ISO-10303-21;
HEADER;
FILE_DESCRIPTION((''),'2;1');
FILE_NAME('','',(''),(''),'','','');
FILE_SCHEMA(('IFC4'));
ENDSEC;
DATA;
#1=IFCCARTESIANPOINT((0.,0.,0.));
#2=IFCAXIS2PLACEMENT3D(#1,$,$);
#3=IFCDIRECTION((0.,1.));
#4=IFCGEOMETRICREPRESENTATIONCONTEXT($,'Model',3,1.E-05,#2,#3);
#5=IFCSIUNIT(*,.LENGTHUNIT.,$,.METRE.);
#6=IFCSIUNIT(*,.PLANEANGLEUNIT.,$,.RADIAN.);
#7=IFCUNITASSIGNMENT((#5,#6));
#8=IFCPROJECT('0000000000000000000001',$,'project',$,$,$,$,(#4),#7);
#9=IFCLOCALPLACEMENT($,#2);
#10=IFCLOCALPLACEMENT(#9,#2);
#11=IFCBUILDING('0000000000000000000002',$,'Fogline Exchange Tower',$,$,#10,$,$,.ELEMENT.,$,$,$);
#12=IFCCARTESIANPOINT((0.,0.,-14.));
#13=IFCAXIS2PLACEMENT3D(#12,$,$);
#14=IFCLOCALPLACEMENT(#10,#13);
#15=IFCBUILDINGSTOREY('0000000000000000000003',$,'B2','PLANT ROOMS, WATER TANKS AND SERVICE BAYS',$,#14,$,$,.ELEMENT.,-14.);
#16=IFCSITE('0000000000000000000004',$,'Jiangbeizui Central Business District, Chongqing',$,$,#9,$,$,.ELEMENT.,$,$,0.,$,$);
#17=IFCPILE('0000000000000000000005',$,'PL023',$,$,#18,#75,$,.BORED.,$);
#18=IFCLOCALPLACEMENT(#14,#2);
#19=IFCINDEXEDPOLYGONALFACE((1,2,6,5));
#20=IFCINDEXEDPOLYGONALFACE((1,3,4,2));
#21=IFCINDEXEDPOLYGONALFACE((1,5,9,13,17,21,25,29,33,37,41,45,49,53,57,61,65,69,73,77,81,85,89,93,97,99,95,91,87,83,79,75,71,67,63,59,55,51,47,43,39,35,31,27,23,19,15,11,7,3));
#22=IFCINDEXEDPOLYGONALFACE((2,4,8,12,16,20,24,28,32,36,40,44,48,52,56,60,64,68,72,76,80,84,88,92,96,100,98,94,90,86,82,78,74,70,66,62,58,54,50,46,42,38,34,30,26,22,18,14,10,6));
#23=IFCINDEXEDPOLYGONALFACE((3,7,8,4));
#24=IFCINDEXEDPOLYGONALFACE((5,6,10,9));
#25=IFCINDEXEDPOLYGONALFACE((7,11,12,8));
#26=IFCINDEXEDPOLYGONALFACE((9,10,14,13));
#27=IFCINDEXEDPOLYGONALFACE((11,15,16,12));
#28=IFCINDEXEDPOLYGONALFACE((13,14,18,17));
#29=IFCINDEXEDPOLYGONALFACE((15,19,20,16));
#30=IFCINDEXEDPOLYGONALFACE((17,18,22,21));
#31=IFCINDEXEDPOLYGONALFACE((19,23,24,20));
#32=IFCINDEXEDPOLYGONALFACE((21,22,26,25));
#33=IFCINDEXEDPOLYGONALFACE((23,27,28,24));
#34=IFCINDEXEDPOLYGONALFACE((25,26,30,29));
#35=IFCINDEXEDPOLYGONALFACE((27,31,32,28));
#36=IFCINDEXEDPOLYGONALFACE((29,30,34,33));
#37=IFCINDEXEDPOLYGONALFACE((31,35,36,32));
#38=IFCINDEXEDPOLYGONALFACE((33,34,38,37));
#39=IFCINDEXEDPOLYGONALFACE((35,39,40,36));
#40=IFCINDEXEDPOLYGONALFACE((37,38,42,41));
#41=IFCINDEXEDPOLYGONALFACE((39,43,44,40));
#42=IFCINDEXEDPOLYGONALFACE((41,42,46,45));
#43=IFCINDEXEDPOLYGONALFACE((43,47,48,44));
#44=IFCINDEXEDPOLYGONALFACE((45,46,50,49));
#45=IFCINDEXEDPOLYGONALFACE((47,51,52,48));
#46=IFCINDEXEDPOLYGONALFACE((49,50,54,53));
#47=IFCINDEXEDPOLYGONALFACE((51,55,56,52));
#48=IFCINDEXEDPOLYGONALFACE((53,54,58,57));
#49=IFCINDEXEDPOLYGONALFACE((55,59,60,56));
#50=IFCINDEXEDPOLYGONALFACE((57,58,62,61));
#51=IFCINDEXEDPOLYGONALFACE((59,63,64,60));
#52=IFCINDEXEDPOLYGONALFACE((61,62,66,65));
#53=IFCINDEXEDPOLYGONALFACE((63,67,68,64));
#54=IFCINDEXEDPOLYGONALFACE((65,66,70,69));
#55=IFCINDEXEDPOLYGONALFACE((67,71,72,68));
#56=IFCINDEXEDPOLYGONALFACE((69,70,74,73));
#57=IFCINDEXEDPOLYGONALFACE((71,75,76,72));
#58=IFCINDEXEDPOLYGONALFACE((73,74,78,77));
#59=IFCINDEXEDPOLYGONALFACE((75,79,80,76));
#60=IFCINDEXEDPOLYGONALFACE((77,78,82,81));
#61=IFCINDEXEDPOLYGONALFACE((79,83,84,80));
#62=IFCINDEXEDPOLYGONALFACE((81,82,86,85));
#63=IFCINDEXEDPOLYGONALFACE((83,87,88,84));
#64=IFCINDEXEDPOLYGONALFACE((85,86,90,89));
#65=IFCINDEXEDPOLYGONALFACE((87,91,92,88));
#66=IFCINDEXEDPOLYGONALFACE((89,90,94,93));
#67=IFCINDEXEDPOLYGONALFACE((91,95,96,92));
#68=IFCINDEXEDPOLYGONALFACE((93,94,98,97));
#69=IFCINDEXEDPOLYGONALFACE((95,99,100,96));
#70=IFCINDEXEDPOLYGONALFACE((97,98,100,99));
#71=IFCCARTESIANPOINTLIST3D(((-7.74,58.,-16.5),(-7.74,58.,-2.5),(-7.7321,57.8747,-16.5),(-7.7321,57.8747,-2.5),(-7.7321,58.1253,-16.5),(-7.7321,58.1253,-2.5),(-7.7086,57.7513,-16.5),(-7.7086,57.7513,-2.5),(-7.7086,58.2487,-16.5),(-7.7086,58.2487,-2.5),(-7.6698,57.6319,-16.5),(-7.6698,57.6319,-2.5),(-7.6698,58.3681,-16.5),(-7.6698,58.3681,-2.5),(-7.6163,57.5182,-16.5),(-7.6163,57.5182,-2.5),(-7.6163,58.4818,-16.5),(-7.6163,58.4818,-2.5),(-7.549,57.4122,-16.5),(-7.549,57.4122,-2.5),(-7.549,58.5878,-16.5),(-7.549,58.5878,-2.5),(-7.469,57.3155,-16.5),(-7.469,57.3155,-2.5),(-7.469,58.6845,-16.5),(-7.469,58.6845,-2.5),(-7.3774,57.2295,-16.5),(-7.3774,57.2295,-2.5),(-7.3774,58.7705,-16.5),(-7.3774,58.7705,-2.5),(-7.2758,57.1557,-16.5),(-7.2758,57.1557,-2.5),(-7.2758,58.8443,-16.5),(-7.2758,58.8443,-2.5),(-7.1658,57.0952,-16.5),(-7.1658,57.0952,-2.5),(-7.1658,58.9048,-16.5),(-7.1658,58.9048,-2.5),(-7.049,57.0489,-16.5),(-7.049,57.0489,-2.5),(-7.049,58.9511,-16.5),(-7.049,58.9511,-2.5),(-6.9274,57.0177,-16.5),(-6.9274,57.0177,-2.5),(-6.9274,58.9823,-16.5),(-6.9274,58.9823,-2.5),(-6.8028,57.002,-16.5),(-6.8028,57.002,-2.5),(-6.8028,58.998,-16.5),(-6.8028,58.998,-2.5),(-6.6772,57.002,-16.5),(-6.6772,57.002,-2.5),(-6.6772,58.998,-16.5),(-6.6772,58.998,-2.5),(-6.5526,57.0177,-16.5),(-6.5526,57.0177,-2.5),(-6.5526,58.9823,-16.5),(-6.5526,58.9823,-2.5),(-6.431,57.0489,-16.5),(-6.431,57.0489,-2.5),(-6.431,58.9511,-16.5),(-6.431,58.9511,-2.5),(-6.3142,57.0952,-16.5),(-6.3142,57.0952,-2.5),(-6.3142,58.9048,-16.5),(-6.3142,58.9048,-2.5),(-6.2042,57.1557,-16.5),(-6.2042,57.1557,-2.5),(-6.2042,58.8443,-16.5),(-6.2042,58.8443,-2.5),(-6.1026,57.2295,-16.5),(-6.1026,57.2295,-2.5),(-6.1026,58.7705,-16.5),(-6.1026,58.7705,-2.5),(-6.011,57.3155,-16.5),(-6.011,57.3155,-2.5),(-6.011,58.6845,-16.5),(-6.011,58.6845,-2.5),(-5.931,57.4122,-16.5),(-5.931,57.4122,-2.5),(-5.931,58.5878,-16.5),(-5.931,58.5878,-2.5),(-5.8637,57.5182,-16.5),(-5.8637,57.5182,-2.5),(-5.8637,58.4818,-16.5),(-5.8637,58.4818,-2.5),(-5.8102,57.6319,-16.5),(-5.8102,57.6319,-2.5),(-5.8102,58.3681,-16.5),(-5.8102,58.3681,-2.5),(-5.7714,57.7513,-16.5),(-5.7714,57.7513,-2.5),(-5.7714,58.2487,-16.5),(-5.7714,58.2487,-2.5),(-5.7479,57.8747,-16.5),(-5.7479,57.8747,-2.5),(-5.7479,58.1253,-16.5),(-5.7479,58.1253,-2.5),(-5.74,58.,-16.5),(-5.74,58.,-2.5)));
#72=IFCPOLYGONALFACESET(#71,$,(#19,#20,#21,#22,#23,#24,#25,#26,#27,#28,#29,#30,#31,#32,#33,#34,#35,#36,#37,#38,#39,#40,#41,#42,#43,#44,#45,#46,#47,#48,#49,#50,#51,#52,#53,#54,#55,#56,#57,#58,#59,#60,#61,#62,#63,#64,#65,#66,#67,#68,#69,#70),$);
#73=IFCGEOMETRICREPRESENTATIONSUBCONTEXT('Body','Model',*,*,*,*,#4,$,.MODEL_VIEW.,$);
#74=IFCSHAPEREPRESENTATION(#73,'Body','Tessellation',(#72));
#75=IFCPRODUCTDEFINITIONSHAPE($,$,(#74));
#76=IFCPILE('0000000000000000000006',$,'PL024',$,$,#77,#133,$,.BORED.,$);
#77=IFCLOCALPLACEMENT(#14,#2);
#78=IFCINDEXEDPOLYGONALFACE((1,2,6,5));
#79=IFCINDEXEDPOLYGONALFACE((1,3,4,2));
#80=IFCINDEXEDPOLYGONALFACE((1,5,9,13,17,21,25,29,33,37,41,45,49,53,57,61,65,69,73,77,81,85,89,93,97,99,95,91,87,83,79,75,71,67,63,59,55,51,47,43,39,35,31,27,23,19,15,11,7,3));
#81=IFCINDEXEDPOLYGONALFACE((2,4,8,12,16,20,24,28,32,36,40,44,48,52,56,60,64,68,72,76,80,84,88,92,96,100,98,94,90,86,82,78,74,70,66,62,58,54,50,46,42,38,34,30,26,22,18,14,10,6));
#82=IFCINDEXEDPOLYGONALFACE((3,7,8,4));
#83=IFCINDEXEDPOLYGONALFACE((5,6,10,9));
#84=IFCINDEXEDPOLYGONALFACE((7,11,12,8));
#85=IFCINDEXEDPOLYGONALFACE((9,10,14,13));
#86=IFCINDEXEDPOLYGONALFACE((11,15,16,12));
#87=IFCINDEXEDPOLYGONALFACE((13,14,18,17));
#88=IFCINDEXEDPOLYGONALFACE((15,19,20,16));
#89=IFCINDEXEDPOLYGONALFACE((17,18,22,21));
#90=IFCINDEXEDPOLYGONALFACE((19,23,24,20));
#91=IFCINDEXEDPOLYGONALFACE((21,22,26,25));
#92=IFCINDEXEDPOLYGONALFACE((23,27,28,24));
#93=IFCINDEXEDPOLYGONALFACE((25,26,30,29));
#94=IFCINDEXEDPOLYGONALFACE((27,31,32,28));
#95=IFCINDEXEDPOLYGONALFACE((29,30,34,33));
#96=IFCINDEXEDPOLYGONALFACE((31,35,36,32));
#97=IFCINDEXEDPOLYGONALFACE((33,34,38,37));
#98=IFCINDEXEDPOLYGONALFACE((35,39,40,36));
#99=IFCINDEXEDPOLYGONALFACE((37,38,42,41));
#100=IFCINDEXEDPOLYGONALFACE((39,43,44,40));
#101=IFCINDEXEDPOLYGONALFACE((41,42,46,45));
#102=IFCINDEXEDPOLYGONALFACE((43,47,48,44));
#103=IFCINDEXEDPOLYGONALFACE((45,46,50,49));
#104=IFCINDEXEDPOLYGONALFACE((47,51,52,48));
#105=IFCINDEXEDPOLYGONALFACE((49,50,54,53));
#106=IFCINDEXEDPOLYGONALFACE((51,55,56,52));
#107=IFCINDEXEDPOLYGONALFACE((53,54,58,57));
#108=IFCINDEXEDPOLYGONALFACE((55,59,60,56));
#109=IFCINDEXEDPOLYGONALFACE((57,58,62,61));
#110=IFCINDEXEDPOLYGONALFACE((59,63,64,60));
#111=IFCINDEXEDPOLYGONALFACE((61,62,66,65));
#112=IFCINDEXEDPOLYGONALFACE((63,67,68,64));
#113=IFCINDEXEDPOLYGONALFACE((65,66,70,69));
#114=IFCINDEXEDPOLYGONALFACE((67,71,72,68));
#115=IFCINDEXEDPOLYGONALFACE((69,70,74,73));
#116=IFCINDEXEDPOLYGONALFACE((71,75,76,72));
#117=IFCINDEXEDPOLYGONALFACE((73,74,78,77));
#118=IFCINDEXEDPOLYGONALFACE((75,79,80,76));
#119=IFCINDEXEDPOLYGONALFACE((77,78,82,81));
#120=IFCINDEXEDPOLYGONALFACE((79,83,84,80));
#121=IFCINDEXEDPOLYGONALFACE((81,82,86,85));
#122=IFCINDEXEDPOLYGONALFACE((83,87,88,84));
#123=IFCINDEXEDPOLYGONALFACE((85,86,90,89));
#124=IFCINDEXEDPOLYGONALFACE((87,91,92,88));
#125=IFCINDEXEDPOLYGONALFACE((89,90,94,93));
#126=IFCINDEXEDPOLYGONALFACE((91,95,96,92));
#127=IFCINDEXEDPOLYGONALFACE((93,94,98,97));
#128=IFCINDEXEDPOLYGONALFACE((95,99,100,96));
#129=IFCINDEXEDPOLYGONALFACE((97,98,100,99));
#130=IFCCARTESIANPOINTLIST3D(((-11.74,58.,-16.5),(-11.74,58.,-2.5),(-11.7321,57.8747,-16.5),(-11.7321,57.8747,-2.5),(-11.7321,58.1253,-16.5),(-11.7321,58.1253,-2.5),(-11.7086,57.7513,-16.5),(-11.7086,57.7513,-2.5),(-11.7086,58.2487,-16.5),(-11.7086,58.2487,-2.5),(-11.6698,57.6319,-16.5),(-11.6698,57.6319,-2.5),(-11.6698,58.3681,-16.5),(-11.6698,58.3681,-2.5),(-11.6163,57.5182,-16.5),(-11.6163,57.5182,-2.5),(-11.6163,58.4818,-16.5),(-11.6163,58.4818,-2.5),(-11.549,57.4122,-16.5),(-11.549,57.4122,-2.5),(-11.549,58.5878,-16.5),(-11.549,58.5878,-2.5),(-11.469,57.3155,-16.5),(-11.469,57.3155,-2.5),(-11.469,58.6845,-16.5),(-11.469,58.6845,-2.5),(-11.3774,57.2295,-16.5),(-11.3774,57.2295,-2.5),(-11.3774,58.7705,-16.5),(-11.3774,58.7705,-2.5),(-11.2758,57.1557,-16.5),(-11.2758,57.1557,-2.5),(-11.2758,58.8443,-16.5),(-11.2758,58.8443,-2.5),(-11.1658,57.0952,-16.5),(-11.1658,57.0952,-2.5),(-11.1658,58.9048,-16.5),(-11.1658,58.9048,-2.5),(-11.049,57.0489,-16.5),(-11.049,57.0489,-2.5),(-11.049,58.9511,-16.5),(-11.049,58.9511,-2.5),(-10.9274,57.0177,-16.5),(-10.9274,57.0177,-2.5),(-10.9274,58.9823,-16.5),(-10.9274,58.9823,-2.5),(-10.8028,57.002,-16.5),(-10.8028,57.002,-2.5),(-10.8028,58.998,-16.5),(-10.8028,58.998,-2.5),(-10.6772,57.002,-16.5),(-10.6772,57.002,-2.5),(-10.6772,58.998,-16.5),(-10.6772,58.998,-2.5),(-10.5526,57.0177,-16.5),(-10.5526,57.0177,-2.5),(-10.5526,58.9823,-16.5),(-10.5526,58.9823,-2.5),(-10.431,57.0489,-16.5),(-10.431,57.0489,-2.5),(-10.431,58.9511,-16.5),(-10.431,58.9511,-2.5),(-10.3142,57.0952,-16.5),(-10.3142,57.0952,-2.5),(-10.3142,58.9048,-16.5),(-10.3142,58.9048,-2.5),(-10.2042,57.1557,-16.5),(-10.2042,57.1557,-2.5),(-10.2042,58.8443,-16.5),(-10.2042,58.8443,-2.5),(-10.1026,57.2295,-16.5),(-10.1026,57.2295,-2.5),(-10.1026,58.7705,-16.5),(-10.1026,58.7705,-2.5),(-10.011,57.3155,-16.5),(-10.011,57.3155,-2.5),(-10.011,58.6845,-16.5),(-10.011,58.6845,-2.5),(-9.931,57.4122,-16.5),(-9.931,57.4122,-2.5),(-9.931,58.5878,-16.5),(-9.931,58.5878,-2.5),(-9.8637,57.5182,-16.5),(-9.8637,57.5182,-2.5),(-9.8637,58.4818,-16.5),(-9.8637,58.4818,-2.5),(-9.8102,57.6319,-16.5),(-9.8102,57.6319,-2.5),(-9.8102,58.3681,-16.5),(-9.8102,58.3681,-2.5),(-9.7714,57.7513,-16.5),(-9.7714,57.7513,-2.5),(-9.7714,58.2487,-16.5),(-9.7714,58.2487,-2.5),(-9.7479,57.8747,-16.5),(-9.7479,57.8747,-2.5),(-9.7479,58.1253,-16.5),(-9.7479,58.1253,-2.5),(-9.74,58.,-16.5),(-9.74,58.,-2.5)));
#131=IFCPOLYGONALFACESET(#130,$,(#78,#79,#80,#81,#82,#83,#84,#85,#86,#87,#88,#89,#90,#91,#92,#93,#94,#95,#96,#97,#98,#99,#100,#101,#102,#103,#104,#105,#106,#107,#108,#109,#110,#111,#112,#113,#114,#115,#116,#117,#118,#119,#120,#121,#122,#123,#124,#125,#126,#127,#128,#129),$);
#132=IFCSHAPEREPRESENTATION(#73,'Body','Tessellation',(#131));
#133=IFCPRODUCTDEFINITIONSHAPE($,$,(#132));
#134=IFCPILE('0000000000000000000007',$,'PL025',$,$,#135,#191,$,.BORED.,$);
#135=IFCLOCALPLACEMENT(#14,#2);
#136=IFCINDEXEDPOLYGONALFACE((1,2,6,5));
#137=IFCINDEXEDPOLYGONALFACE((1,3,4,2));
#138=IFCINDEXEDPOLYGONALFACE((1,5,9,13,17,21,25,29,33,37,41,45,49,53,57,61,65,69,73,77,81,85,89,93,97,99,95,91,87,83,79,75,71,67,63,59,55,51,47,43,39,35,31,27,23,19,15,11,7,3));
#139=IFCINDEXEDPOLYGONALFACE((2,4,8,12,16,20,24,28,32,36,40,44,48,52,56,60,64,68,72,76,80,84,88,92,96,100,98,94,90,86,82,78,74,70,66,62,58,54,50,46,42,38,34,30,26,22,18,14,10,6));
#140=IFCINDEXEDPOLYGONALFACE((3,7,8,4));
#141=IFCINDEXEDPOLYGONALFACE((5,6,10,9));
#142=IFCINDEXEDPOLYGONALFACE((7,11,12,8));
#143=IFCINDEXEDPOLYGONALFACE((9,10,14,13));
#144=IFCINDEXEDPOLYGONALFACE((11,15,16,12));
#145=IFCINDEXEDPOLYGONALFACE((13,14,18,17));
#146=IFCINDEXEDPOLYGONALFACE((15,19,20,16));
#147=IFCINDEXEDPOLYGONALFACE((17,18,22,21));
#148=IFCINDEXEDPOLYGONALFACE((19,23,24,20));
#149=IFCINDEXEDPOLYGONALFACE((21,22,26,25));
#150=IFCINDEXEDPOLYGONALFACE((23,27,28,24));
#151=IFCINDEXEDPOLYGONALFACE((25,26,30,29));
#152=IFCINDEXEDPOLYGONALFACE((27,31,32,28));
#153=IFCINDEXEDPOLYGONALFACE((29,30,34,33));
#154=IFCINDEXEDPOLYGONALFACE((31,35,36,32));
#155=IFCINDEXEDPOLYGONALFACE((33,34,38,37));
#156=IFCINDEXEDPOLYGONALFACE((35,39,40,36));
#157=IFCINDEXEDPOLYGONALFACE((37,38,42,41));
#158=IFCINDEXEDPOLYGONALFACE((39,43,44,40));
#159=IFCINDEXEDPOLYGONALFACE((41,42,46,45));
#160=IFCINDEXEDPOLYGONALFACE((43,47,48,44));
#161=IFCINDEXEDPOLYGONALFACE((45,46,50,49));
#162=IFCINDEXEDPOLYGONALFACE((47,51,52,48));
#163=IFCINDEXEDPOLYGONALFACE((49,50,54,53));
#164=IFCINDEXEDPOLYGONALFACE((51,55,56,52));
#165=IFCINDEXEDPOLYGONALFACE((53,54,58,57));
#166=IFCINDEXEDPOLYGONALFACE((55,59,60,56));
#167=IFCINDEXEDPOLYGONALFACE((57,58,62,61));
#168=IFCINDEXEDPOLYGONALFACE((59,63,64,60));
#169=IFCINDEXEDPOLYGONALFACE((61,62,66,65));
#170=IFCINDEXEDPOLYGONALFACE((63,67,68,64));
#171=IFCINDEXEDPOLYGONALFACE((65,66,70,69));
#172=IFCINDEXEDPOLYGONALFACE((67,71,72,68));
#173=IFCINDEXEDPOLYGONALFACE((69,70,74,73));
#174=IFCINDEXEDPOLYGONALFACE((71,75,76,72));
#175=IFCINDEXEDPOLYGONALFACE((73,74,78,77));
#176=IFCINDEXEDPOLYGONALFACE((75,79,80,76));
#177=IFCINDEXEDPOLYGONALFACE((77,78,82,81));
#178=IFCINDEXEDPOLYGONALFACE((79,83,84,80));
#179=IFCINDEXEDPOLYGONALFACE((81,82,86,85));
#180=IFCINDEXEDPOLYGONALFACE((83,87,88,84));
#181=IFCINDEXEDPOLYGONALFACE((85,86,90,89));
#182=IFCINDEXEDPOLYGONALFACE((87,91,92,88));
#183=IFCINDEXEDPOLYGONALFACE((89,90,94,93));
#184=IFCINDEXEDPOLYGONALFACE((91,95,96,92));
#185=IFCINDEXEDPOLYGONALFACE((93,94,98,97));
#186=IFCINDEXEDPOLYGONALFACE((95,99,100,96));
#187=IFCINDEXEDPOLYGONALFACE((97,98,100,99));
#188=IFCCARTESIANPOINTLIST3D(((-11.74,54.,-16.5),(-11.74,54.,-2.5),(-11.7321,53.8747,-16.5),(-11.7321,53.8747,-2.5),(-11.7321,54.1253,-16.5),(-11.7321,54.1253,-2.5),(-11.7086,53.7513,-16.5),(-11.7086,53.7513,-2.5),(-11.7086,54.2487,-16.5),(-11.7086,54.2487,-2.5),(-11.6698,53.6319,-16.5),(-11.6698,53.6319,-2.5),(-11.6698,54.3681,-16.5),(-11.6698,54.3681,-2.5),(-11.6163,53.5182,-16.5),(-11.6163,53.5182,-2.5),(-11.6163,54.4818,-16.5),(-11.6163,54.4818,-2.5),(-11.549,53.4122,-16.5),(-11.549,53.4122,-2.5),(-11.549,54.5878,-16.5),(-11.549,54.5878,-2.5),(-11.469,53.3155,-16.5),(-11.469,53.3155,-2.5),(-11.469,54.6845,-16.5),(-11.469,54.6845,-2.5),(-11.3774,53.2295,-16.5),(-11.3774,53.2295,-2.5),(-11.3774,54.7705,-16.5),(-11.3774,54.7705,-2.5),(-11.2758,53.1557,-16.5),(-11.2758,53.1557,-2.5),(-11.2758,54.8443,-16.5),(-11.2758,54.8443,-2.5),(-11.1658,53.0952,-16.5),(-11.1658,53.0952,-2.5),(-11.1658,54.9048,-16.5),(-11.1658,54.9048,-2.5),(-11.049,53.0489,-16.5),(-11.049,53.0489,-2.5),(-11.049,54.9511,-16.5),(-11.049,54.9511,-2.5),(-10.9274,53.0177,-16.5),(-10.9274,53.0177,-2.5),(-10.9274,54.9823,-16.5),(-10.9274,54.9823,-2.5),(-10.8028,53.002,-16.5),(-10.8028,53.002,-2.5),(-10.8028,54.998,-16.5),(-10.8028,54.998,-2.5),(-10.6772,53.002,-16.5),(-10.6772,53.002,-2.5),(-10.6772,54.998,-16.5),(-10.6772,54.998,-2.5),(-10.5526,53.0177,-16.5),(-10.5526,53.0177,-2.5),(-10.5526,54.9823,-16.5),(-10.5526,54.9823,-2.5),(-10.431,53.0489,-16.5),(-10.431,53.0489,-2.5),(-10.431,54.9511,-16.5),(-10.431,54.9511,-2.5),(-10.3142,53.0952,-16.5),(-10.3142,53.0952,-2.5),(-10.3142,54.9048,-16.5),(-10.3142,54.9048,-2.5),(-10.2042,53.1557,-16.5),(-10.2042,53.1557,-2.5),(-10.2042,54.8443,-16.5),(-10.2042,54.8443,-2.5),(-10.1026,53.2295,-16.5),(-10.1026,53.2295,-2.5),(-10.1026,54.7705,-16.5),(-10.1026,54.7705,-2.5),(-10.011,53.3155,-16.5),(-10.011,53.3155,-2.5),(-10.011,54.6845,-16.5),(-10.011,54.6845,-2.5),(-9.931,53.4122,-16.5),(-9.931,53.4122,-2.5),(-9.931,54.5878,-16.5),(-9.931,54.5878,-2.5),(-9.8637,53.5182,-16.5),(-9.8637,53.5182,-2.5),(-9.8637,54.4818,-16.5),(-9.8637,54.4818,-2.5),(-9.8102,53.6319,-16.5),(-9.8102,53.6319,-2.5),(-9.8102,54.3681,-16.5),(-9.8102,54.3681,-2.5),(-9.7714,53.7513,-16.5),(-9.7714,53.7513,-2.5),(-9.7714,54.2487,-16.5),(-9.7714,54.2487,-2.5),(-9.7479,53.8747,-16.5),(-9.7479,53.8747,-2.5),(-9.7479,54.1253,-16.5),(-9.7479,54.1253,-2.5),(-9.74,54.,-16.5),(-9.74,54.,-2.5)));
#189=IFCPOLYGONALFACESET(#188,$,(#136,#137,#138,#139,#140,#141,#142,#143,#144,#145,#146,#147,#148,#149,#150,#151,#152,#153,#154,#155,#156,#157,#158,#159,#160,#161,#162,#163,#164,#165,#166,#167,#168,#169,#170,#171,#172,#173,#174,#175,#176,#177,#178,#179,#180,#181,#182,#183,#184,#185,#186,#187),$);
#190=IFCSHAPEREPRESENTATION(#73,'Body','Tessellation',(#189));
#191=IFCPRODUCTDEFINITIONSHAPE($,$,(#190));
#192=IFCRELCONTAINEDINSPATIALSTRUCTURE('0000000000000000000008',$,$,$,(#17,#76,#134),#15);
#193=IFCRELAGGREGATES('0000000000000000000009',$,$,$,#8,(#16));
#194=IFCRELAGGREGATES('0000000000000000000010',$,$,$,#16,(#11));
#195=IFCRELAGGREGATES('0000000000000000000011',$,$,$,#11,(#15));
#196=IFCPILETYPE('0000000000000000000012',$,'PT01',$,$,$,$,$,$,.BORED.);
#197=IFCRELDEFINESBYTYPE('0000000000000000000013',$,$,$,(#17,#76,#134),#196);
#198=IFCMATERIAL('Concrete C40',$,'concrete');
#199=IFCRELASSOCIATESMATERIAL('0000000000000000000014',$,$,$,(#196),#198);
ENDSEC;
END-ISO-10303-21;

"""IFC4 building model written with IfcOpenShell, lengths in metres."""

from ifc_helpers import new_model, si_unit, direction, frame, origin, origin_2d, place, context, subcontext, project, spatial, circle, extrude, material, material_profile, profile_set, type_object, element, save


model = new_model("IFC4")

# Units and contexts
model_context = context("Model", 3, precision=1e-05, world=origin(), true_north=direction((0.0, 1.0)))
body_context = subcontext(model_context, "Body", "Model", "MODEL_VIEW")
ifc_project = project(units=[si_unit("LENGTHUNIT", "METRE"), si_unit("PLANEANGLEUNIT", "RADIAN")], contexts=[model_context])

# Site, building, storey
site_placement = place(None, origin())
site = spatial("IfcSite", under=ifc_project, at=site_placement, Name="Jiangbeizui Central Business District, Chongqing", CompositionType="ELEMENT", RefElevation=0.0)
building_placement = place(site_placement, origin())
building = spatial("IfcBuilding", under=site, at=building_placement, Name="Fogline Exchange Tower", CompositionType="ELEMENT")
storey_placement = place(building_placement, frame((0.0, 0.0, -14.0)))
storey = spatial("IfcBuildingStorey", under=building, at=storey_placement, Name="B2", Description="PLANT ROOMS, WATER TANKS AND SERVICE BAYS", CompositionType="ELEMENT", Elevation=-14.0)

# Piles
ifc_material_1 = material(Name="Concrete C40", Category="concrete")
ifc_material_profile_1 = material_profile(ifc_material_1, circle(Radius=1.0, at=origin_2d()), Name="RC D2000")
ifc_profile_set_1 = profile_set([ifc_material_profile_1], Name="Concrete C40")
pile_type = type_object("IfcPileType", Name="PT01", PredefinedType="BORED", material=ifc_profile_set_1)
for number, where, z_axis, x_axis, name in (
    (1, (-6.74, 58.0, -2.5), (0.0, 0.0, -1.0), (1.0, 0.0, 0.0), "PL023"),
    (2, (-10.74, 58.0, -2.5), (0.0, 0.0, -1.0), (1.0, 0.0, 0.0), "PL024"),
    (3, (-10.74, 54.0, -2.5), (0.0, 0.0, -1.0), (1.0, 0.0, 0.0), "PL025"),
):
    element("IfcPile", number, at=place(storey_placement, frame(where, z_axis=z_axis, x_axis=x_axis)), inside=storey, type_object=pile_type, Name=name, PredefinedType="BORED", context=body_context, shape_type="SweptSolid", body=[
        extrude(circle(Radius=1.0, at=origin_2d()), origin(), (0.0, 0.0, 1.0), 14.0),
    ])

save(model, "model.ifc")
